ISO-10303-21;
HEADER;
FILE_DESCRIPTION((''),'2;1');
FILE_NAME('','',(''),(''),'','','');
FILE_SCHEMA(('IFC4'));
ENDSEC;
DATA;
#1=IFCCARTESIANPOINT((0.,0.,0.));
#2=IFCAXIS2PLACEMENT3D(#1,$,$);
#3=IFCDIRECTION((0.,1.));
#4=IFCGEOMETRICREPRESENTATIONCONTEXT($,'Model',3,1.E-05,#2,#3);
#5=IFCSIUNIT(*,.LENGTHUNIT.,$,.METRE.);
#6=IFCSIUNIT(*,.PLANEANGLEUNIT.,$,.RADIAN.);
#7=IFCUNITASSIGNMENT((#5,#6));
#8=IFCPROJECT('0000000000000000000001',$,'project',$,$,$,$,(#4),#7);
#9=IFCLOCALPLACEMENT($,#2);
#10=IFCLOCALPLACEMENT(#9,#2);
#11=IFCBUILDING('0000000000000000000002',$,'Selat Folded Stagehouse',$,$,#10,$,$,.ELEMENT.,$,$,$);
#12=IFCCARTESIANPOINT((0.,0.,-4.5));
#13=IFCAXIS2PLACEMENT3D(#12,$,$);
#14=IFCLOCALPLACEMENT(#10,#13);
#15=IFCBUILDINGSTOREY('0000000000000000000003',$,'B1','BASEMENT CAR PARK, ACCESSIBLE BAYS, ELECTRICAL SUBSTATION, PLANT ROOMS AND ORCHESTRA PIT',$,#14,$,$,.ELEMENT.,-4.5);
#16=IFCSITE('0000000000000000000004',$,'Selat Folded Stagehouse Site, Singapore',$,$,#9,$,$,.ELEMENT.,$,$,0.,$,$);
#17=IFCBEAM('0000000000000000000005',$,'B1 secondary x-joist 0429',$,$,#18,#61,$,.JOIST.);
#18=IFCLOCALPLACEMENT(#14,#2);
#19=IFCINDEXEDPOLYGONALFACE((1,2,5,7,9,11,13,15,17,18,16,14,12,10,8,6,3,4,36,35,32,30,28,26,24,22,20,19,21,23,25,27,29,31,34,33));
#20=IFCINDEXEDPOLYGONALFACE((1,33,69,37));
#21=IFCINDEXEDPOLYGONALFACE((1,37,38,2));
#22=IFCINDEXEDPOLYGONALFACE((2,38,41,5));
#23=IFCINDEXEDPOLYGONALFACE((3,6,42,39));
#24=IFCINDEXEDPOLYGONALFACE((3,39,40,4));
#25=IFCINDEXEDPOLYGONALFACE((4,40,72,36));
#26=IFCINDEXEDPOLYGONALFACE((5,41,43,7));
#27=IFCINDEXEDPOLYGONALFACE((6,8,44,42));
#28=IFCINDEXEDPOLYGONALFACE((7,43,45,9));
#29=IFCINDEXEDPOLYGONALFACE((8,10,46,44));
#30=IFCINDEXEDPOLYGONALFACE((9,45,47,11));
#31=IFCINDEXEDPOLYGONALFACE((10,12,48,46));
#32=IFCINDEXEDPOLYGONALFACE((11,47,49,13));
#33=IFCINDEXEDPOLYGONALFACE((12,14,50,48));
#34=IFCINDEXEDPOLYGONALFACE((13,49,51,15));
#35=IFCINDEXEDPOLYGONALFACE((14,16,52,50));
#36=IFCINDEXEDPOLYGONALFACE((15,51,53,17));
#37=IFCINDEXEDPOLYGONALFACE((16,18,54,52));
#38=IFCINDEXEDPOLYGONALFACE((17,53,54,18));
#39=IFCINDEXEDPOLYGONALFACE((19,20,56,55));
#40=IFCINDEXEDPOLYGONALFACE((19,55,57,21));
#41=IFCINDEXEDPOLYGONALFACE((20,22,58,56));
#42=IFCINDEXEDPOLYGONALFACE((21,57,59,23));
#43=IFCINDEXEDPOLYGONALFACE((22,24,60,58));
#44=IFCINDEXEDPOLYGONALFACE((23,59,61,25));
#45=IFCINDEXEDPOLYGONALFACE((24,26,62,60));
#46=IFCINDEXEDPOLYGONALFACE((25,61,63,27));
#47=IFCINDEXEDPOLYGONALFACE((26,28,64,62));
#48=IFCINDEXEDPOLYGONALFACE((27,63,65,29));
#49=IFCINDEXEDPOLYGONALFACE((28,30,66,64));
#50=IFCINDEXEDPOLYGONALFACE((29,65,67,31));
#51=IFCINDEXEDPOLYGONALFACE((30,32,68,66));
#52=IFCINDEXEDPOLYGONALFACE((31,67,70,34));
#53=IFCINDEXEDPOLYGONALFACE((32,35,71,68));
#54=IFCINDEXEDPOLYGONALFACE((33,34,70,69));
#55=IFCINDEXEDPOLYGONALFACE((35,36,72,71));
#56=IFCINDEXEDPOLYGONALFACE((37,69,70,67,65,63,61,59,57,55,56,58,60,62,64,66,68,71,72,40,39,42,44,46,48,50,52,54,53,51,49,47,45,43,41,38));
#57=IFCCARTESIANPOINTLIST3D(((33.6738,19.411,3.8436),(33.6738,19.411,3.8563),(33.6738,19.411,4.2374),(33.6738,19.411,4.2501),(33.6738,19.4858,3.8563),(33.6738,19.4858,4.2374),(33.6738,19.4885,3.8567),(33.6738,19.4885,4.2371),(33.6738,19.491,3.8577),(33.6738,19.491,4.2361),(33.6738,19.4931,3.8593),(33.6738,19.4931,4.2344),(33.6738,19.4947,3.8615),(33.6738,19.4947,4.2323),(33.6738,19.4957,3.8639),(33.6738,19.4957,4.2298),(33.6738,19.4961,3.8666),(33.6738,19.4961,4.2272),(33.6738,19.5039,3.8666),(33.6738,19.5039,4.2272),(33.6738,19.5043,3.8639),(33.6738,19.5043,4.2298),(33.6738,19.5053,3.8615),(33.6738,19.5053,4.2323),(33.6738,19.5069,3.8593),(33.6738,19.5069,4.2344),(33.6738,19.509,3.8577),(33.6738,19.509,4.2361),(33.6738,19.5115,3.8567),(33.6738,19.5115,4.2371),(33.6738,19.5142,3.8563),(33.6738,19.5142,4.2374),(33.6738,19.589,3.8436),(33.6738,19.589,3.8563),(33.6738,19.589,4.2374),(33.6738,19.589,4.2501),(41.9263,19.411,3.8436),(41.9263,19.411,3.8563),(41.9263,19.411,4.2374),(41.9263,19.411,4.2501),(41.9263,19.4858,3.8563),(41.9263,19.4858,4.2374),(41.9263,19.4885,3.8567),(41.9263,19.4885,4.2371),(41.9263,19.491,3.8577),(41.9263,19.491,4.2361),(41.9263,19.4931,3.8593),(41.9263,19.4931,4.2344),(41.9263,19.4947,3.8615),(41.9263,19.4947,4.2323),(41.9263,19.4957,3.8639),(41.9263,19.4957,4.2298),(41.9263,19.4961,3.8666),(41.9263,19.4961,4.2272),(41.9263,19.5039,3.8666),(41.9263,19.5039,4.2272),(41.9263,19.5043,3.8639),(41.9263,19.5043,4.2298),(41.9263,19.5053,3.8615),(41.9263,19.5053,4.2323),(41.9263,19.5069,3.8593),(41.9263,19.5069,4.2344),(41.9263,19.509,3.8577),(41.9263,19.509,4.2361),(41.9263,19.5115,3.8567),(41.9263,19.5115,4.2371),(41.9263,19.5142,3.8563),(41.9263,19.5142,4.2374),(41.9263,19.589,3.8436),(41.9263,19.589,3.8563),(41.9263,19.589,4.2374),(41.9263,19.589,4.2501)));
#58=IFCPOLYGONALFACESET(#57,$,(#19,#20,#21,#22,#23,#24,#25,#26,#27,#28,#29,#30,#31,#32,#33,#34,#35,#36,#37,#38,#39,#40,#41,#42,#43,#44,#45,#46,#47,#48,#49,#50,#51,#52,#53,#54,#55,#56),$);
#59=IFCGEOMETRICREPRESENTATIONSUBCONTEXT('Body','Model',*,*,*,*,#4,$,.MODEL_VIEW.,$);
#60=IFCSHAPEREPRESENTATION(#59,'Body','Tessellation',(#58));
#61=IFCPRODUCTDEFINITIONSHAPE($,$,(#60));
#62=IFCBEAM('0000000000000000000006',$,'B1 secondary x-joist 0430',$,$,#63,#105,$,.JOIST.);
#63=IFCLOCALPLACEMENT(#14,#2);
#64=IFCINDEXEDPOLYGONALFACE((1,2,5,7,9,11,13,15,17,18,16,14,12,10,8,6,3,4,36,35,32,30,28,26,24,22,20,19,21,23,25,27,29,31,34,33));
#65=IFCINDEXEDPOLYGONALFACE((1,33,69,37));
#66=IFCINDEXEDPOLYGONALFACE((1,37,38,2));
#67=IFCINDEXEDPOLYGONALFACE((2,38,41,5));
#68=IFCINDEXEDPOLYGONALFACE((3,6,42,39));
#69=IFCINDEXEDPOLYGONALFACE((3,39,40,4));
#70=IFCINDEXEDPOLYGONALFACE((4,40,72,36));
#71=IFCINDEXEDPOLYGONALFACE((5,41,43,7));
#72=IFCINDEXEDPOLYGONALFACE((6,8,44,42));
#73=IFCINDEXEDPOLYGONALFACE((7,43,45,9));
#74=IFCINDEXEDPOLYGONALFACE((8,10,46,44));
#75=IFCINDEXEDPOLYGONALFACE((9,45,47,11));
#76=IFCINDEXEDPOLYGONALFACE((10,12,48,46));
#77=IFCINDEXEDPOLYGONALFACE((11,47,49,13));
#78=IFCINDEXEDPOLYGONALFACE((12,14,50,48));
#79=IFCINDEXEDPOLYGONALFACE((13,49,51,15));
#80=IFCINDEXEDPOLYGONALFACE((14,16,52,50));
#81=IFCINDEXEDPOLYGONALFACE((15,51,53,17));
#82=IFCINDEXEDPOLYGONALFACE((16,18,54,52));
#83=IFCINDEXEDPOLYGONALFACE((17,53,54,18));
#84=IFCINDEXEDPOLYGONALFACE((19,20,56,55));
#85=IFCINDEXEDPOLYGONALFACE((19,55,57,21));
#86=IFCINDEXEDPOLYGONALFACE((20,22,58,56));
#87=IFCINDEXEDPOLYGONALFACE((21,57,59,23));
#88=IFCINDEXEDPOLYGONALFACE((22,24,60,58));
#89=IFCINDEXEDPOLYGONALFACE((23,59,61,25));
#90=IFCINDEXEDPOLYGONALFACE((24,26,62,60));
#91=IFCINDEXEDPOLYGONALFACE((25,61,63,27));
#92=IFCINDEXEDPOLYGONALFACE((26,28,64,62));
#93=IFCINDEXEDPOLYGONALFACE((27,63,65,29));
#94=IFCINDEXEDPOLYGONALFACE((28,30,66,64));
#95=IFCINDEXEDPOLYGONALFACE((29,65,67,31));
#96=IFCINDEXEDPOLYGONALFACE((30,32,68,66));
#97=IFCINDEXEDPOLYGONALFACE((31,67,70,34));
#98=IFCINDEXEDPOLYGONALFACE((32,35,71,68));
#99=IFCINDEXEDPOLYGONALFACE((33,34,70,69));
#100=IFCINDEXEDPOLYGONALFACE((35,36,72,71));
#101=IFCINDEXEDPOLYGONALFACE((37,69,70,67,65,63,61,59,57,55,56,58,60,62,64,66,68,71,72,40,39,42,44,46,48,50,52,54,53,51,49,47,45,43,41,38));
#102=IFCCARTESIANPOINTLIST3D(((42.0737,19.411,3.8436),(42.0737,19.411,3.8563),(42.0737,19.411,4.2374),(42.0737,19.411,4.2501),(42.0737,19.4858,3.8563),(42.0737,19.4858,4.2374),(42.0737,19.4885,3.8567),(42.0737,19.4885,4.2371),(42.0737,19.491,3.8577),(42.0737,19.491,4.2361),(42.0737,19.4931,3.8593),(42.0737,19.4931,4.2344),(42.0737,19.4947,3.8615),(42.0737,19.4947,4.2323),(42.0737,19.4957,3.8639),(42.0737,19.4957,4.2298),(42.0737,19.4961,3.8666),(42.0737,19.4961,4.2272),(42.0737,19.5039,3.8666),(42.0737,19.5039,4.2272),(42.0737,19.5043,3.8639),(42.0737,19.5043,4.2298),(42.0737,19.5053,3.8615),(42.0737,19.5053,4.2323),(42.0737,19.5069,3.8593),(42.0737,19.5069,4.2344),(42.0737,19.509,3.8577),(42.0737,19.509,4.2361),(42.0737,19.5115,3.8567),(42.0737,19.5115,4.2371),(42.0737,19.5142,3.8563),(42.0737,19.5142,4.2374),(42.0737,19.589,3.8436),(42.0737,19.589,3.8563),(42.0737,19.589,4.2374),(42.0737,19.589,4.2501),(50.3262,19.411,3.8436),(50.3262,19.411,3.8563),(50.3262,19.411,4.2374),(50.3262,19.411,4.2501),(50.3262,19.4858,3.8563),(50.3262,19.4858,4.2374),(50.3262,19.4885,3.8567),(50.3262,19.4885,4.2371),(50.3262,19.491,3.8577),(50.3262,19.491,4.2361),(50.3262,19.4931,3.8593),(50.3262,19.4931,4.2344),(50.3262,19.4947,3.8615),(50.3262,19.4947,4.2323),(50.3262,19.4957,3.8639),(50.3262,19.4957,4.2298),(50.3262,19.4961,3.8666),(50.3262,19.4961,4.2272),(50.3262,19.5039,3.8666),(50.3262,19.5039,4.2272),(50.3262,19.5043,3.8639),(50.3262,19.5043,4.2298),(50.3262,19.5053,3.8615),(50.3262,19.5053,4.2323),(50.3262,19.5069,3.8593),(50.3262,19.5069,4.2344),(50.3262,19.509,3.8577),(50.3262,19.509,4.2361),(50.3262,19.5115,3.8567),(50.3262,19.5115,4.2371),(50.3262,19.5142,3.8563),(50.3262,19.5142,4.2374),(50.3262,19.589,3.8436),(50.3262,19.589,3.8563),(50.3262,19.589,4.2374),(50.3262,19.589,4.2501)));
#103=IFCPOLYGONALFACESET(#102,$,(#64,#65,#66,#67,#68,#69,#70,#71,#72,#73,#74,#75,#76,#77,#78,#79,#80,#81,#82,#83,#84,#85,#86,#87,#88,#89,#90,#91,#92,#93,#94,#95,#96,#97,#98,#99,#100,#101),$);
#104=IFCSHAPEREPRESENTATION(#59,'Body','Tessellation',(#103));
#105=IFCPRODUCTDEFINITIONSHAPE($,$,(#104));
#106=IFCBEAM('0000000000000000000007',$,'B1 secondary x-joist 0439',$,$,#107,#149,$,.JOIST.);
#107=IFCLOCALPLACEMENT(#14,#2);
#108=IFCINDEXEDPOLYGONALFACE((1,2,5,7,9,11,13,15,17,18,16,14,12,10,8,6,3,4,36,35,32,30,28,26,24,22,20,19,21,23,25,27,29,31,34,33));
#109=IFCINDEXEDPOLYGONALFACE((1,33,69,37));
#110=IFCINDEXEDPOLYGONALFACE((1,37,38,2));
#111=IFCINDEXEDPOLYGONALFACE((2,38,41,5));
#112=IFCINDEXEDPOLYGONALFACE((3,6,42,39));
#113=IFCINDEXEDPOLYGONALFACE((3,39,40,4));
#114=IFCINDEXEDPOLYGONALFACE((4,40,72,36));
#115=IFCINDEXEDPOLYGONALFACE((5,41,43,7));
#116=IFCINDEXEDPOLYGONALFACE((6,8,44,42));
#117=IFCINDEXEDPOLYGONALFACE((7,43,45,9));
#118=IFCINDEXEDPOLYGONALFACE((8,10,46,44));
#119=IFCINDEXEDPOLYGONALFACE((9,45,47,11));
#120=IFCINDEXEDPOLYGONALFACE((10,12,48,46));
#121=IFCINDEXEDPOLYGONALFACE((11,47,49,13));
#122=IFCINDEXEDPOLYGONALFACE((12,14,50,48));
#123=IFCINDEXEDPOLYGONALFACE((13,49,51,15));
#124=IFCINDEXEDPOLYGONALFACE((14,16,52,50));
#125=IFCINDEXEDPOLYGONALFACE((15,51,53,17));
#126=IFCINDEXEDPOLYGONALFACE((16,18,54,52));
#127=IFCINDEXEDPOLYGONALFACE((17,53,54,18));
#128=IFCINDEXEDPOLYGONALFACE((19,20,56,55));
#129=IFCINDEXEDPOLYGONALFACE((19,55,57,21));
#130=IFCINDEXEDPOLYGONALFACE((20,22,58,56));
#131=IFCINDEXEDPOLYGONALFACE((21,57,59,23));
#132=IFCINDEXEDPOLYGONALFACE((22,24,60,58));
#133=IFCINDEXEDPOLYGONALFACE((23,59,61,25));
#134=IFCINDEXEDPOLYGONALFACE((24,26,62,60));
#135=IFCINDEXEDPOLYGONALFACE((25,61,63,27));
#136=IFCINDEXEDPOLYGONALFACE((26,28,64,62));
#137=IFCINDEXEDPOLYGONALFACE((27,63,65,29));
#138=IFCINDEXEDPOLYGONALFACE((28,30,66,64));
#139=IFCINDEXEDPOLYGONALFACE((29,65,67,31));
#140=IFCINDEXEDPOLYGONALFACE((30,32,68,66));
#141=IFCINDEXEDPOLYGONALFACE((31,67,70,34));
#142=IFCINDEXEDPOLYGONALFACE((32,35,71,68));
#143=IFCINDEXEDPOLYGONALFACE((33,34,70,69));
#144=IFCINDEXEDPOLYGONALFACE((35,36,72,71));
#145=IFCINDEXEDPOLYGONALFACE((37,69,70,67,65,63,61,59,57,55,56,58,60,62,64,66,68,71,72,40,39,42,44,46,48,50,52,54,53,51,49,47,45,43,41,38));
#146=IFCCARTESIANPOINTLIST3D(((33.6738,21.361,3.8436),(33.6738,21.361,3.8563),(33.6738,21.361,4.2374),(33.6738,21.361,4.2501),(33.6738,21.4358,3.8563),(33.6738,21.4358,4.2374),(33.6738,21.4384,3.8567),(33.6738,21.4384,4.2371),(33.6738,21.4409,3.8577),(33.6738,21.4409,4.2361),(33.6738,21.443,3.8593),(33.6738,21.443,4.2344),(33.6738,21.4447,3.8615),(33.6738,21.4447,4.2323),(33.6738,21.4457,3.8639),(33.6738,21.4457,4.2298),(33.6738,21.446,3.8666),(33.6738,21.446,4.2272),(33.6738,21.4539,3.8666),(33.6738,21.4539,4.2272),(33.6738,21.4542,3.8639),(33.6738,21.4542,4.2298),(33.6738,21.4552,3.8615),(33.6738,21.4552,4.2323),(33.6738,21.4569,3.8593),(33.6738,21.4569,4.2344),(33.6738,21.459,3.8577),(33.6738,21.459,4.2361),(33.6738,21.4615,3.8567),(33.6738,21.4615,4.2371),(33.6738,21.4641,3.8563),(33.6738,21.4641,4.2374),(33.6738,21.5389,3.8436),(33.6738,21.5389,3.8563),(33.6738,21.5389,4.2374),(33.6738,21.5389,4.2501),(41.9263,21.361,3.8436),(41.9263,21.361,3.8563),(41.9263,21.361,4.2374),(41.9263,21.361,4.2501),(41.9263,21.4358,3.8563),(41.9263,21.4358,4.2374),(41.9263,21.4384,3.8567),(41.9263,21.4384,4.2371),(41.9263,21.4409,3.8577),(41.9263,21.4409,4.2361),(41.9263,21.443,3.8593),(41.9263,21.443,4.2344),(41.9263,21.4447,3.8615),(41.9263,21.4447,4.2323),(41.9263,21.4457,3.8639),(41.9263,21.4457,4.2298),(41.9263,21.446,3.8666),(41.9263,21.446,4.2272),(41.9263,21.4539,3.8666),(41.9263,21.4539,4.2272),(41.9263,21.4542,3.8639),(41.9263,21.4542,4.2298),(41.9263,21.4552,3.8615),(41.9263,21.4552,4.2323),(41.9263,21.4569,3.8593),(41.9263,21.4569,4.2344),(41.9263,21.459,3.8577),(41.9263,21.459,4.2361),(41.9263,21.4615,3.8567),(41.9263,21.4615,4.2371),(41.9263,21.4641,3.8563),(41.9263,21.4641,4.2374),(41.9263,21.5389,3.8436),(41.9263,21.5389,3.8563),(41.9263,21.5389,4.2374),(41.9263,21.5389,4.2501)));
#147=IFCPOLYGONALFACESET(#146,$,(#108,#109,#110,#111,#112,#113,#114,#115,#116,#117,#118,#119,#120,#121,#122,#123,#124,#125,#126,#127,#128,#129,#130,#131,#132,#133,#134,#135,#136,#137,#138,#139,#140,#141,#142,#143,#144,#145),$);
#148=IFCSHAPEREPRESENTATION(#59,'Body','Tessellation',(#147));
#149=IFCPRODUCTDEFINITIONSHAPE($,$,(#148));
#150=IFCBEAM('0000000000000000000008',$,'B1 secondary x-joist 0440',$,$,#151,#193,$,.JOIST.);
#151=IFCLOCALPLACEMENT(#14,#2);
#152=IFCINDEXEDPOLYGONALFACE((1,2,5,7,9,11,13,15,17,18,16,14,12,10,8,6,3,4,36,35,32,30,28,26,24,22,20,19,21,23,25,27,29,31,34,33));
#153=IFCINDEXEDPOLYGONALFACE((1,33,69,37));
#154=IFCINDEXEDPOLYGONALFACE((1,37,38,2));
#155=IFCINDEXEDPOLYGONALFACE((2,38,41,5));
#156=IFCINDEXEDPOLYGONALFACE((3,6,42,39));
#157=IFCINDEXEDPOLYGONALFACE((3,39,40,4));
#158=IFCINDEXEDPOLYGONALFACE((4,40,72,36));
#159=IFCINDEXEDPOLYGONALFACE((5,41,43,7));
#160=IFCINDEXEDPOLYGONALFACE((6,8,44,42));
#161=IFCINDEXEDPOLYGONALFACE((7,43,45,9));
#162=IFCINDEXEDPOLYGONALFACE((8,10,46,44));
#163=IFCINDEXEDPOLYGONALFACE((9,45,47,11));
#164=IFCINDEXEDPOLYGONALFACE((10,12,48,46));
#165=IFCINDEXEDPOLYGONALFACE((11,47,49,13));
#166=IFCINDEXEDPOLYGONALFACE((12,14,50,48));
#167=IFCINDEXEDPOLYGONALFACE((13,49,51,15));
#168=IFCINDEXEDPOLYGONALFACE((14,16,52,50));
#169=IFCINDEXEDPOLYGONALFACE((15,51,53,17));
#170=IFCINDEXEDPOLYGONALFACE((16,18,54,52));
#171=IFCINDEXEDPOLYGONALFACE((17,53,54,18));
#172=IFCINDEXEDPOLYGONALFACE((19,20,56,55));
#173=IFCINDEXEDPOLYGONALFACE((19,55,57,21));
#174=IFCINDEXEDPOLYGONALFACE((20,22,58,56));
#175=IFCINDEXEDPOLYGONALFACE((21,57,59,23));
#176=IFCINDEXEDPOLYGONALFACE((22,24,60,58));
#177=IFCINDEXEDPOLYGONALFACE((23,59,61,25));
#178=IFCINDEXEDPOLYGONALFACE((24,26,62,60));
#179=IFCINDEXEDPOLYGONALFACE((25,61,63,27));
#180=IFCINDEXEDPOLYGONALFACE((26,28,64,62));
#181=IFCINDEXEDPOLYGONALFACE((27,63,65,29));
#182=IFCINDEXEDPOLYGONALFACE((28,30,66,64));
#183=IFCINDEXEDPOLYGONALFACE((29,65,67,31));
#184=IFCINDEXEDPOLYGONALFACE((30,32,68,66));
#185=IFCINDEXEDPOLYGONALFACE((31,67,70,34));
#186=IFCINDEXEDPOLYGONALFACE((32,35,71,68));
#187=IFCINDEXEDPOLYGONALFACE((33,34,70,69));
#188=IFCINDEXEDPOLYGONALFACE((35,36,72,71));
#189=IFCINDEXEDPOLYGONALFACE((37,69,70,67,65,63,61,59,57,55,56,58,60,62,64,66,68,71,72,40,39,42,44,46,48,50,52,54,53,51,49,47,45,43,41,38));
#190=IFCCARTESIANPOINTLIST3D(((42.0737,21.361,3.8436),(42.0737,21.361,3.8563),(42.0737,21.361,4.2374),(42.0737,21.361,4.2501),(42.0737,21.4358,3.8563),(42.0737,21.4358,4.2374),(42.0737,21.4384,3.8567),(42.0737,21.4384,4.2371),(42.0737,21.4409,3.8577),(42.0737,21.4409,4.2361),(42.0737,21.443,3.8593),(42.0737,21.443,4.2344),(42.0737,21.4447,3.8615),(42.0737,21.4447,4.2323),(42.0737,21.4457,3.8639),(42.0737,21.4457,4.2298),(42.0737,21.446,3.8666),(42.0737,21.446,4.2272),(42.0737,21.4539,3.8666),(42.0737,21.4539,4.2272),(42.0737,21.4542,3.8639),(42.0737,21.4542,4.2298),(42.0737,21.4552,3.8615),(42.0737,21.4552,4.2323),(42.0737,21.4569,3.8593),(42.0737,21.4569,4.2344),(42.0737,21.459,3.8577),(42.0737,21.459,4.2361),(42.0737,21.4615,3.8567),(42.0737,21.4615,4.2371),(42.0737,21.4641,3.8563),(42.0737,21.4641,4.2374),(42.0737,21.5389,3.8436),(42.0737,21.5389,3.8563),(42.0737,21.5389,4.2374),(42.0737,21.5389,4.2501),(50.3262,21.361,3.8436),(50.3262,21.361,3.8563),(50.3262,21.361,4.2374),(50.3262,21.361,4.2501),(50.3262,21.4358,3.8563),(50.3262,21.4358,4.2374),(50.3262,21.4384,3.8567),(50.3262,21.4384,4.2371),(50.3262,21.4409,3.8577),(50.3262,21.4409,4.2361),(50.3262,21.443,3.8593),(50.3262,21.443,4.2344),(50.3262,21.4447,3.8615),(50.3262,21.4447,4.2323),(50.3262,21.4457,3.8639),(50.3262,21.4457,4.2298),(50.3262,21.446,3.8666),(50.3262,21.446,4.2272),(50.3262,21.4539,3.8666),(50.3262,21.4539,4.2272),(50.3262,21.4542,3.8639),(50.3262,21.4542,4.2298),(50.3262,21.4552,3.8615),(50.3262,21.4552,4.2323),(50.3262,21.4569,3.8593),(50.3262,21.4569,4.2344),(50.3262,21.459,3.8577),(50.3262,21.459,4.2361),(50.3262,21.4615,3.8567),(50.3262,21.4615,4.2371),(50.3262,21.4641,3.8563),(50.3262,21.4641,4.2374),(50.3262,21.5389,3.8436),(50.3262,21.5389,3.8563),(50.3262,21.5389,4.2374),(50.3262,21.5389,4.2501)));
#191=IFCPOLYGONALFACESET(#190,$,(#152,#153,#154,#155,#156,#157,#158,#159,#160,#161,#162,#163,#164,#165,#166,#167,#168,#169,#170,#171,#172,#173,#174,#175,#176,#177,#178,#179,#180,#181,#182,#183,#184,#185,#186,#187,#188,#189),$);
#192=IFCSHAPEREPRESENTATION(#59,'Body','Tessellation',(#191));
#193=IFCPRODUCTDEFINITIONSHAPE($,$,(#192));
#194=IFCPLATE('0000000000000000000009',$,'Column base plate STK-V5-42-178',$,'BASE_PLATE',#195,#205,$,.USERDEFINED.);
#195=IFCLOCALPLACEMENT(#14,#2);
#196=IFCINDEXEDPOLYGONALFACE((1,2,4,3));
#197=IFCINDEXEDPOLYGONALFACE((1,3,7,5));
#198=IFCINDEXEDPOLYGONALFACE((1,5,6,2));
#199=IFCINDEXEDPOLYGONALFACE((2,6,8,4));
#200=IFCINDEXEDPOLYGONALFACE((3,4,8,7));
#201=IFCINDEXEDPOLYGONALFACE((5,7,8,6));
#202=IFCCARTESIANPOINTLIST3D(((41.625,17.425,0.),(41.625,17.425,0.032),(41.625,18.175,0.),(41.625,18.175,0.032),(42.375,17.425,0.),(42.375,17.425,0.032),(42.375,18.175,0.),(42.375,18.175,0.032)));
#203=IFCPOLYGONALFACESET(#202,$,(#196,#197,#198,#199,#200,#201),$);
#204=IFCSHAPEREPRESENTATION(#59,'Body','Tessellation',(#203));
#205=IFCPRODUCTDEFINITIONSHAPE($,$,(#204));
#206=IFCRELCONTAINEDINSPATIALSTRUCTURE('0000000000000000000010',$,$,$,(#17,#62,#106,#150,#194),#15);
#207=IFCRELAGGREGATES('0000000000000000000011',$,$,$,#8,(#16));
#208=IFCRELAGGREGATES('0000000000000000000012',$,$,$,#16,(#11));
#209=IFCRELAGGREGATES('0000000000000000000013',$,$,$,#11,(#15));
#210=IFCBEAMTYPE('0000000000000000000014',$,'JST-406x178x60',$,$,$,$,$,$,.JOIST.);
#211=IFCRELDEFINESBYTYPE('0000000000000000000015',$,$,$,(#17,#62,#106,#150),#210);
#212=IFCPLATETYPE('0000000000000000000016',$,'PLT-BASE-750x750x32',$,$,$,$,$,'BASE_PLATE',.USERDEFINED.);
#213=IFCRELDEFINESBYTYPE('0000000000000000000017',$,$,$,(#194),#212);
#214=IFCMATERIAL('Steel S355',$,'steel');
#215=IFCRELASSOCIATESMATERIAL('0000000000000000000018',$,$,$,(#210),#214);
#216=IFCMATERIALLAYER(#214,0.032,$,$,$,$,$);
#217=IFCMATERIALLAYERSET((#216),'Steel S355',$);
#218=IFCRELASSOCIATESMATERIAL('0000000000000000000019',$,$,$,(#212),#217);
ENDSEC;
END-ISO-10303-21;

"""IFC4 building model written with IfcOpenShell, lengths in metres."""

from ifc_helpers import new_model, si_unit, direction, frame, origin, origin_2d, place, context, subcontext, project, spatial, rectangle, i_section, extrude, material, layer, layer_set, material_profile, profile_set, type_object, element, save


model = new_model("IFC4")

# Units and contexts
model_context = context("Model", 3, precision=1e-05, world=origin(), true_north=direction((0.0, 1.0)))
body_context = subcontext(model_context, "Body", "Model", "MODEL_VIEW")
ifc_project = project(units=[si_unit("LENGTHUNIT", "METRE"), si_unit("PLANEANGLEUNIT", "RADIAN")], contexts=[model_context])

# Site, building, storey
site_placement = place(None, origin())
site = spatial("IfcSite", under=ifc_project, at=site_placement, Name="Selat Folded Stagehouse Site, Singapore", CompositionType="ELEMENT", RefElevation=0.0)
building_placement = place(site_placement, origin())
building = spatial("IfcBuilding", under=site, at=building_placement, Name="Selat Folded Stagehouse", CompositionType="ELEMENT")
storey_placement = place(building_placement, frame((0.0, 0.0, -4.5)))
storey = spatial("IfcBuildingStorey", under=building, at=storey_placement, Name="B1", Description="BASEMENT CAR PARK, ACCESSIBLE BAYS, ELECTRICAL SUBSTATION, PLANT ROOMS AND ORCHESTRA PIT", CompositionType="ELEMENT", Elevation=-4.5)

# Shared definitions
ifc_material_1 = material(Name="Steel S355", Category="steel")

# Beams
ifc_material_profile_1 = material_profile(ifc_material_1, i_section(OverallWidth=0.178, OverallDepth=0.4065, WebThickness=0.0078, FlangeThickness=0.0127, FilletRadius=0.0103, at=origin_2d()), Name="UKB 406x178x60")
ifc_profile_set_1 = profile_set([ifc_material_profile_1], Name="Steel S355")
beam_type_1 = type_object("IfcBeamType", Name="JST-406x178x60", PredefinedType="JOIST", material=ifc_profile_set_1)
for number, where, z_axis, x_axis, name in (
    (1, (33.6738, 19.5, 4.0469), (1.0, 0.0, 0.0), (0.0, 1.0, 0.0), "B1 secondary x-joist 0429"),
    (2, (42.0737, 19.5, 4.0469), (1.0, 0.0, 0.0), (0.0, 1.0, 0.0), "B1 secondary x-joist 0430"),
    (3, (33.6738, 21.45, 4.0469), (1.0, 0.0, 0.0), (0.0, 1.0, 0.0), "B1 secondary x-joist 0439"),
    (4, (42.0737, 21.45, 4.0469), (1.0, 0.0, 0.0), (0.0, 1.0, 0.0), "B1 secondary x-joist 0440"),
):
    element("IfcBeam", number, at=place(storey_placement, frame(where, z_axis=z_axis, x_axis=x_axis)), inside=storey, type_object=beam_type_1, Name=name, PredefinedType="JOIST", context=body_context, shape_type="SweptSolid", body=[
        extrude(i_section(OverallWidth=0.178, OverallDepth=0.4065, WebThickness=0.0078, FlangeThickness=0.0127, FilletRadius=0.0103, at=origin_2d()), origin(), (0.0, 0.0, 1.0), 8.2524),
    ])

# Plate
ifc_layer_1 = layer(ifc_material_1, 0.032)
ifc_layer_set_1 = layer_set([ifc_layer_1], Name="Steel S355")
plate_type_1 = type_object("IfcPlateType", Name="PLT-BASE-750x750x32", ElementType="BASE_PLATE", PredefinedType="USERDEFINED", material=ifc_layer_set_1)
plate_1_placement = place(storey_placement, frame((42.0, 17.8, 0.0), z_axis=(0.0, 0.0, 1.0), x_axis=(1.0, 0.0, 0.0)))
element("IfcPlate", 5, at=plate_1_placement, inside=storey, type_object=plate_type_1, Name="Column base plate STK-V5-42-178", ObjectType="BASE_PLATE", PredefinedType="USERDEFINED", context=body_context, shape_type="SweptSolid", body=[
    extrude(rectangle(XDim=0.75, YDim=0.75, at=origin_2d()), origin(), (0.0, 0.0, 1.0), 0.032),
])

save(model, "model.ifc")
